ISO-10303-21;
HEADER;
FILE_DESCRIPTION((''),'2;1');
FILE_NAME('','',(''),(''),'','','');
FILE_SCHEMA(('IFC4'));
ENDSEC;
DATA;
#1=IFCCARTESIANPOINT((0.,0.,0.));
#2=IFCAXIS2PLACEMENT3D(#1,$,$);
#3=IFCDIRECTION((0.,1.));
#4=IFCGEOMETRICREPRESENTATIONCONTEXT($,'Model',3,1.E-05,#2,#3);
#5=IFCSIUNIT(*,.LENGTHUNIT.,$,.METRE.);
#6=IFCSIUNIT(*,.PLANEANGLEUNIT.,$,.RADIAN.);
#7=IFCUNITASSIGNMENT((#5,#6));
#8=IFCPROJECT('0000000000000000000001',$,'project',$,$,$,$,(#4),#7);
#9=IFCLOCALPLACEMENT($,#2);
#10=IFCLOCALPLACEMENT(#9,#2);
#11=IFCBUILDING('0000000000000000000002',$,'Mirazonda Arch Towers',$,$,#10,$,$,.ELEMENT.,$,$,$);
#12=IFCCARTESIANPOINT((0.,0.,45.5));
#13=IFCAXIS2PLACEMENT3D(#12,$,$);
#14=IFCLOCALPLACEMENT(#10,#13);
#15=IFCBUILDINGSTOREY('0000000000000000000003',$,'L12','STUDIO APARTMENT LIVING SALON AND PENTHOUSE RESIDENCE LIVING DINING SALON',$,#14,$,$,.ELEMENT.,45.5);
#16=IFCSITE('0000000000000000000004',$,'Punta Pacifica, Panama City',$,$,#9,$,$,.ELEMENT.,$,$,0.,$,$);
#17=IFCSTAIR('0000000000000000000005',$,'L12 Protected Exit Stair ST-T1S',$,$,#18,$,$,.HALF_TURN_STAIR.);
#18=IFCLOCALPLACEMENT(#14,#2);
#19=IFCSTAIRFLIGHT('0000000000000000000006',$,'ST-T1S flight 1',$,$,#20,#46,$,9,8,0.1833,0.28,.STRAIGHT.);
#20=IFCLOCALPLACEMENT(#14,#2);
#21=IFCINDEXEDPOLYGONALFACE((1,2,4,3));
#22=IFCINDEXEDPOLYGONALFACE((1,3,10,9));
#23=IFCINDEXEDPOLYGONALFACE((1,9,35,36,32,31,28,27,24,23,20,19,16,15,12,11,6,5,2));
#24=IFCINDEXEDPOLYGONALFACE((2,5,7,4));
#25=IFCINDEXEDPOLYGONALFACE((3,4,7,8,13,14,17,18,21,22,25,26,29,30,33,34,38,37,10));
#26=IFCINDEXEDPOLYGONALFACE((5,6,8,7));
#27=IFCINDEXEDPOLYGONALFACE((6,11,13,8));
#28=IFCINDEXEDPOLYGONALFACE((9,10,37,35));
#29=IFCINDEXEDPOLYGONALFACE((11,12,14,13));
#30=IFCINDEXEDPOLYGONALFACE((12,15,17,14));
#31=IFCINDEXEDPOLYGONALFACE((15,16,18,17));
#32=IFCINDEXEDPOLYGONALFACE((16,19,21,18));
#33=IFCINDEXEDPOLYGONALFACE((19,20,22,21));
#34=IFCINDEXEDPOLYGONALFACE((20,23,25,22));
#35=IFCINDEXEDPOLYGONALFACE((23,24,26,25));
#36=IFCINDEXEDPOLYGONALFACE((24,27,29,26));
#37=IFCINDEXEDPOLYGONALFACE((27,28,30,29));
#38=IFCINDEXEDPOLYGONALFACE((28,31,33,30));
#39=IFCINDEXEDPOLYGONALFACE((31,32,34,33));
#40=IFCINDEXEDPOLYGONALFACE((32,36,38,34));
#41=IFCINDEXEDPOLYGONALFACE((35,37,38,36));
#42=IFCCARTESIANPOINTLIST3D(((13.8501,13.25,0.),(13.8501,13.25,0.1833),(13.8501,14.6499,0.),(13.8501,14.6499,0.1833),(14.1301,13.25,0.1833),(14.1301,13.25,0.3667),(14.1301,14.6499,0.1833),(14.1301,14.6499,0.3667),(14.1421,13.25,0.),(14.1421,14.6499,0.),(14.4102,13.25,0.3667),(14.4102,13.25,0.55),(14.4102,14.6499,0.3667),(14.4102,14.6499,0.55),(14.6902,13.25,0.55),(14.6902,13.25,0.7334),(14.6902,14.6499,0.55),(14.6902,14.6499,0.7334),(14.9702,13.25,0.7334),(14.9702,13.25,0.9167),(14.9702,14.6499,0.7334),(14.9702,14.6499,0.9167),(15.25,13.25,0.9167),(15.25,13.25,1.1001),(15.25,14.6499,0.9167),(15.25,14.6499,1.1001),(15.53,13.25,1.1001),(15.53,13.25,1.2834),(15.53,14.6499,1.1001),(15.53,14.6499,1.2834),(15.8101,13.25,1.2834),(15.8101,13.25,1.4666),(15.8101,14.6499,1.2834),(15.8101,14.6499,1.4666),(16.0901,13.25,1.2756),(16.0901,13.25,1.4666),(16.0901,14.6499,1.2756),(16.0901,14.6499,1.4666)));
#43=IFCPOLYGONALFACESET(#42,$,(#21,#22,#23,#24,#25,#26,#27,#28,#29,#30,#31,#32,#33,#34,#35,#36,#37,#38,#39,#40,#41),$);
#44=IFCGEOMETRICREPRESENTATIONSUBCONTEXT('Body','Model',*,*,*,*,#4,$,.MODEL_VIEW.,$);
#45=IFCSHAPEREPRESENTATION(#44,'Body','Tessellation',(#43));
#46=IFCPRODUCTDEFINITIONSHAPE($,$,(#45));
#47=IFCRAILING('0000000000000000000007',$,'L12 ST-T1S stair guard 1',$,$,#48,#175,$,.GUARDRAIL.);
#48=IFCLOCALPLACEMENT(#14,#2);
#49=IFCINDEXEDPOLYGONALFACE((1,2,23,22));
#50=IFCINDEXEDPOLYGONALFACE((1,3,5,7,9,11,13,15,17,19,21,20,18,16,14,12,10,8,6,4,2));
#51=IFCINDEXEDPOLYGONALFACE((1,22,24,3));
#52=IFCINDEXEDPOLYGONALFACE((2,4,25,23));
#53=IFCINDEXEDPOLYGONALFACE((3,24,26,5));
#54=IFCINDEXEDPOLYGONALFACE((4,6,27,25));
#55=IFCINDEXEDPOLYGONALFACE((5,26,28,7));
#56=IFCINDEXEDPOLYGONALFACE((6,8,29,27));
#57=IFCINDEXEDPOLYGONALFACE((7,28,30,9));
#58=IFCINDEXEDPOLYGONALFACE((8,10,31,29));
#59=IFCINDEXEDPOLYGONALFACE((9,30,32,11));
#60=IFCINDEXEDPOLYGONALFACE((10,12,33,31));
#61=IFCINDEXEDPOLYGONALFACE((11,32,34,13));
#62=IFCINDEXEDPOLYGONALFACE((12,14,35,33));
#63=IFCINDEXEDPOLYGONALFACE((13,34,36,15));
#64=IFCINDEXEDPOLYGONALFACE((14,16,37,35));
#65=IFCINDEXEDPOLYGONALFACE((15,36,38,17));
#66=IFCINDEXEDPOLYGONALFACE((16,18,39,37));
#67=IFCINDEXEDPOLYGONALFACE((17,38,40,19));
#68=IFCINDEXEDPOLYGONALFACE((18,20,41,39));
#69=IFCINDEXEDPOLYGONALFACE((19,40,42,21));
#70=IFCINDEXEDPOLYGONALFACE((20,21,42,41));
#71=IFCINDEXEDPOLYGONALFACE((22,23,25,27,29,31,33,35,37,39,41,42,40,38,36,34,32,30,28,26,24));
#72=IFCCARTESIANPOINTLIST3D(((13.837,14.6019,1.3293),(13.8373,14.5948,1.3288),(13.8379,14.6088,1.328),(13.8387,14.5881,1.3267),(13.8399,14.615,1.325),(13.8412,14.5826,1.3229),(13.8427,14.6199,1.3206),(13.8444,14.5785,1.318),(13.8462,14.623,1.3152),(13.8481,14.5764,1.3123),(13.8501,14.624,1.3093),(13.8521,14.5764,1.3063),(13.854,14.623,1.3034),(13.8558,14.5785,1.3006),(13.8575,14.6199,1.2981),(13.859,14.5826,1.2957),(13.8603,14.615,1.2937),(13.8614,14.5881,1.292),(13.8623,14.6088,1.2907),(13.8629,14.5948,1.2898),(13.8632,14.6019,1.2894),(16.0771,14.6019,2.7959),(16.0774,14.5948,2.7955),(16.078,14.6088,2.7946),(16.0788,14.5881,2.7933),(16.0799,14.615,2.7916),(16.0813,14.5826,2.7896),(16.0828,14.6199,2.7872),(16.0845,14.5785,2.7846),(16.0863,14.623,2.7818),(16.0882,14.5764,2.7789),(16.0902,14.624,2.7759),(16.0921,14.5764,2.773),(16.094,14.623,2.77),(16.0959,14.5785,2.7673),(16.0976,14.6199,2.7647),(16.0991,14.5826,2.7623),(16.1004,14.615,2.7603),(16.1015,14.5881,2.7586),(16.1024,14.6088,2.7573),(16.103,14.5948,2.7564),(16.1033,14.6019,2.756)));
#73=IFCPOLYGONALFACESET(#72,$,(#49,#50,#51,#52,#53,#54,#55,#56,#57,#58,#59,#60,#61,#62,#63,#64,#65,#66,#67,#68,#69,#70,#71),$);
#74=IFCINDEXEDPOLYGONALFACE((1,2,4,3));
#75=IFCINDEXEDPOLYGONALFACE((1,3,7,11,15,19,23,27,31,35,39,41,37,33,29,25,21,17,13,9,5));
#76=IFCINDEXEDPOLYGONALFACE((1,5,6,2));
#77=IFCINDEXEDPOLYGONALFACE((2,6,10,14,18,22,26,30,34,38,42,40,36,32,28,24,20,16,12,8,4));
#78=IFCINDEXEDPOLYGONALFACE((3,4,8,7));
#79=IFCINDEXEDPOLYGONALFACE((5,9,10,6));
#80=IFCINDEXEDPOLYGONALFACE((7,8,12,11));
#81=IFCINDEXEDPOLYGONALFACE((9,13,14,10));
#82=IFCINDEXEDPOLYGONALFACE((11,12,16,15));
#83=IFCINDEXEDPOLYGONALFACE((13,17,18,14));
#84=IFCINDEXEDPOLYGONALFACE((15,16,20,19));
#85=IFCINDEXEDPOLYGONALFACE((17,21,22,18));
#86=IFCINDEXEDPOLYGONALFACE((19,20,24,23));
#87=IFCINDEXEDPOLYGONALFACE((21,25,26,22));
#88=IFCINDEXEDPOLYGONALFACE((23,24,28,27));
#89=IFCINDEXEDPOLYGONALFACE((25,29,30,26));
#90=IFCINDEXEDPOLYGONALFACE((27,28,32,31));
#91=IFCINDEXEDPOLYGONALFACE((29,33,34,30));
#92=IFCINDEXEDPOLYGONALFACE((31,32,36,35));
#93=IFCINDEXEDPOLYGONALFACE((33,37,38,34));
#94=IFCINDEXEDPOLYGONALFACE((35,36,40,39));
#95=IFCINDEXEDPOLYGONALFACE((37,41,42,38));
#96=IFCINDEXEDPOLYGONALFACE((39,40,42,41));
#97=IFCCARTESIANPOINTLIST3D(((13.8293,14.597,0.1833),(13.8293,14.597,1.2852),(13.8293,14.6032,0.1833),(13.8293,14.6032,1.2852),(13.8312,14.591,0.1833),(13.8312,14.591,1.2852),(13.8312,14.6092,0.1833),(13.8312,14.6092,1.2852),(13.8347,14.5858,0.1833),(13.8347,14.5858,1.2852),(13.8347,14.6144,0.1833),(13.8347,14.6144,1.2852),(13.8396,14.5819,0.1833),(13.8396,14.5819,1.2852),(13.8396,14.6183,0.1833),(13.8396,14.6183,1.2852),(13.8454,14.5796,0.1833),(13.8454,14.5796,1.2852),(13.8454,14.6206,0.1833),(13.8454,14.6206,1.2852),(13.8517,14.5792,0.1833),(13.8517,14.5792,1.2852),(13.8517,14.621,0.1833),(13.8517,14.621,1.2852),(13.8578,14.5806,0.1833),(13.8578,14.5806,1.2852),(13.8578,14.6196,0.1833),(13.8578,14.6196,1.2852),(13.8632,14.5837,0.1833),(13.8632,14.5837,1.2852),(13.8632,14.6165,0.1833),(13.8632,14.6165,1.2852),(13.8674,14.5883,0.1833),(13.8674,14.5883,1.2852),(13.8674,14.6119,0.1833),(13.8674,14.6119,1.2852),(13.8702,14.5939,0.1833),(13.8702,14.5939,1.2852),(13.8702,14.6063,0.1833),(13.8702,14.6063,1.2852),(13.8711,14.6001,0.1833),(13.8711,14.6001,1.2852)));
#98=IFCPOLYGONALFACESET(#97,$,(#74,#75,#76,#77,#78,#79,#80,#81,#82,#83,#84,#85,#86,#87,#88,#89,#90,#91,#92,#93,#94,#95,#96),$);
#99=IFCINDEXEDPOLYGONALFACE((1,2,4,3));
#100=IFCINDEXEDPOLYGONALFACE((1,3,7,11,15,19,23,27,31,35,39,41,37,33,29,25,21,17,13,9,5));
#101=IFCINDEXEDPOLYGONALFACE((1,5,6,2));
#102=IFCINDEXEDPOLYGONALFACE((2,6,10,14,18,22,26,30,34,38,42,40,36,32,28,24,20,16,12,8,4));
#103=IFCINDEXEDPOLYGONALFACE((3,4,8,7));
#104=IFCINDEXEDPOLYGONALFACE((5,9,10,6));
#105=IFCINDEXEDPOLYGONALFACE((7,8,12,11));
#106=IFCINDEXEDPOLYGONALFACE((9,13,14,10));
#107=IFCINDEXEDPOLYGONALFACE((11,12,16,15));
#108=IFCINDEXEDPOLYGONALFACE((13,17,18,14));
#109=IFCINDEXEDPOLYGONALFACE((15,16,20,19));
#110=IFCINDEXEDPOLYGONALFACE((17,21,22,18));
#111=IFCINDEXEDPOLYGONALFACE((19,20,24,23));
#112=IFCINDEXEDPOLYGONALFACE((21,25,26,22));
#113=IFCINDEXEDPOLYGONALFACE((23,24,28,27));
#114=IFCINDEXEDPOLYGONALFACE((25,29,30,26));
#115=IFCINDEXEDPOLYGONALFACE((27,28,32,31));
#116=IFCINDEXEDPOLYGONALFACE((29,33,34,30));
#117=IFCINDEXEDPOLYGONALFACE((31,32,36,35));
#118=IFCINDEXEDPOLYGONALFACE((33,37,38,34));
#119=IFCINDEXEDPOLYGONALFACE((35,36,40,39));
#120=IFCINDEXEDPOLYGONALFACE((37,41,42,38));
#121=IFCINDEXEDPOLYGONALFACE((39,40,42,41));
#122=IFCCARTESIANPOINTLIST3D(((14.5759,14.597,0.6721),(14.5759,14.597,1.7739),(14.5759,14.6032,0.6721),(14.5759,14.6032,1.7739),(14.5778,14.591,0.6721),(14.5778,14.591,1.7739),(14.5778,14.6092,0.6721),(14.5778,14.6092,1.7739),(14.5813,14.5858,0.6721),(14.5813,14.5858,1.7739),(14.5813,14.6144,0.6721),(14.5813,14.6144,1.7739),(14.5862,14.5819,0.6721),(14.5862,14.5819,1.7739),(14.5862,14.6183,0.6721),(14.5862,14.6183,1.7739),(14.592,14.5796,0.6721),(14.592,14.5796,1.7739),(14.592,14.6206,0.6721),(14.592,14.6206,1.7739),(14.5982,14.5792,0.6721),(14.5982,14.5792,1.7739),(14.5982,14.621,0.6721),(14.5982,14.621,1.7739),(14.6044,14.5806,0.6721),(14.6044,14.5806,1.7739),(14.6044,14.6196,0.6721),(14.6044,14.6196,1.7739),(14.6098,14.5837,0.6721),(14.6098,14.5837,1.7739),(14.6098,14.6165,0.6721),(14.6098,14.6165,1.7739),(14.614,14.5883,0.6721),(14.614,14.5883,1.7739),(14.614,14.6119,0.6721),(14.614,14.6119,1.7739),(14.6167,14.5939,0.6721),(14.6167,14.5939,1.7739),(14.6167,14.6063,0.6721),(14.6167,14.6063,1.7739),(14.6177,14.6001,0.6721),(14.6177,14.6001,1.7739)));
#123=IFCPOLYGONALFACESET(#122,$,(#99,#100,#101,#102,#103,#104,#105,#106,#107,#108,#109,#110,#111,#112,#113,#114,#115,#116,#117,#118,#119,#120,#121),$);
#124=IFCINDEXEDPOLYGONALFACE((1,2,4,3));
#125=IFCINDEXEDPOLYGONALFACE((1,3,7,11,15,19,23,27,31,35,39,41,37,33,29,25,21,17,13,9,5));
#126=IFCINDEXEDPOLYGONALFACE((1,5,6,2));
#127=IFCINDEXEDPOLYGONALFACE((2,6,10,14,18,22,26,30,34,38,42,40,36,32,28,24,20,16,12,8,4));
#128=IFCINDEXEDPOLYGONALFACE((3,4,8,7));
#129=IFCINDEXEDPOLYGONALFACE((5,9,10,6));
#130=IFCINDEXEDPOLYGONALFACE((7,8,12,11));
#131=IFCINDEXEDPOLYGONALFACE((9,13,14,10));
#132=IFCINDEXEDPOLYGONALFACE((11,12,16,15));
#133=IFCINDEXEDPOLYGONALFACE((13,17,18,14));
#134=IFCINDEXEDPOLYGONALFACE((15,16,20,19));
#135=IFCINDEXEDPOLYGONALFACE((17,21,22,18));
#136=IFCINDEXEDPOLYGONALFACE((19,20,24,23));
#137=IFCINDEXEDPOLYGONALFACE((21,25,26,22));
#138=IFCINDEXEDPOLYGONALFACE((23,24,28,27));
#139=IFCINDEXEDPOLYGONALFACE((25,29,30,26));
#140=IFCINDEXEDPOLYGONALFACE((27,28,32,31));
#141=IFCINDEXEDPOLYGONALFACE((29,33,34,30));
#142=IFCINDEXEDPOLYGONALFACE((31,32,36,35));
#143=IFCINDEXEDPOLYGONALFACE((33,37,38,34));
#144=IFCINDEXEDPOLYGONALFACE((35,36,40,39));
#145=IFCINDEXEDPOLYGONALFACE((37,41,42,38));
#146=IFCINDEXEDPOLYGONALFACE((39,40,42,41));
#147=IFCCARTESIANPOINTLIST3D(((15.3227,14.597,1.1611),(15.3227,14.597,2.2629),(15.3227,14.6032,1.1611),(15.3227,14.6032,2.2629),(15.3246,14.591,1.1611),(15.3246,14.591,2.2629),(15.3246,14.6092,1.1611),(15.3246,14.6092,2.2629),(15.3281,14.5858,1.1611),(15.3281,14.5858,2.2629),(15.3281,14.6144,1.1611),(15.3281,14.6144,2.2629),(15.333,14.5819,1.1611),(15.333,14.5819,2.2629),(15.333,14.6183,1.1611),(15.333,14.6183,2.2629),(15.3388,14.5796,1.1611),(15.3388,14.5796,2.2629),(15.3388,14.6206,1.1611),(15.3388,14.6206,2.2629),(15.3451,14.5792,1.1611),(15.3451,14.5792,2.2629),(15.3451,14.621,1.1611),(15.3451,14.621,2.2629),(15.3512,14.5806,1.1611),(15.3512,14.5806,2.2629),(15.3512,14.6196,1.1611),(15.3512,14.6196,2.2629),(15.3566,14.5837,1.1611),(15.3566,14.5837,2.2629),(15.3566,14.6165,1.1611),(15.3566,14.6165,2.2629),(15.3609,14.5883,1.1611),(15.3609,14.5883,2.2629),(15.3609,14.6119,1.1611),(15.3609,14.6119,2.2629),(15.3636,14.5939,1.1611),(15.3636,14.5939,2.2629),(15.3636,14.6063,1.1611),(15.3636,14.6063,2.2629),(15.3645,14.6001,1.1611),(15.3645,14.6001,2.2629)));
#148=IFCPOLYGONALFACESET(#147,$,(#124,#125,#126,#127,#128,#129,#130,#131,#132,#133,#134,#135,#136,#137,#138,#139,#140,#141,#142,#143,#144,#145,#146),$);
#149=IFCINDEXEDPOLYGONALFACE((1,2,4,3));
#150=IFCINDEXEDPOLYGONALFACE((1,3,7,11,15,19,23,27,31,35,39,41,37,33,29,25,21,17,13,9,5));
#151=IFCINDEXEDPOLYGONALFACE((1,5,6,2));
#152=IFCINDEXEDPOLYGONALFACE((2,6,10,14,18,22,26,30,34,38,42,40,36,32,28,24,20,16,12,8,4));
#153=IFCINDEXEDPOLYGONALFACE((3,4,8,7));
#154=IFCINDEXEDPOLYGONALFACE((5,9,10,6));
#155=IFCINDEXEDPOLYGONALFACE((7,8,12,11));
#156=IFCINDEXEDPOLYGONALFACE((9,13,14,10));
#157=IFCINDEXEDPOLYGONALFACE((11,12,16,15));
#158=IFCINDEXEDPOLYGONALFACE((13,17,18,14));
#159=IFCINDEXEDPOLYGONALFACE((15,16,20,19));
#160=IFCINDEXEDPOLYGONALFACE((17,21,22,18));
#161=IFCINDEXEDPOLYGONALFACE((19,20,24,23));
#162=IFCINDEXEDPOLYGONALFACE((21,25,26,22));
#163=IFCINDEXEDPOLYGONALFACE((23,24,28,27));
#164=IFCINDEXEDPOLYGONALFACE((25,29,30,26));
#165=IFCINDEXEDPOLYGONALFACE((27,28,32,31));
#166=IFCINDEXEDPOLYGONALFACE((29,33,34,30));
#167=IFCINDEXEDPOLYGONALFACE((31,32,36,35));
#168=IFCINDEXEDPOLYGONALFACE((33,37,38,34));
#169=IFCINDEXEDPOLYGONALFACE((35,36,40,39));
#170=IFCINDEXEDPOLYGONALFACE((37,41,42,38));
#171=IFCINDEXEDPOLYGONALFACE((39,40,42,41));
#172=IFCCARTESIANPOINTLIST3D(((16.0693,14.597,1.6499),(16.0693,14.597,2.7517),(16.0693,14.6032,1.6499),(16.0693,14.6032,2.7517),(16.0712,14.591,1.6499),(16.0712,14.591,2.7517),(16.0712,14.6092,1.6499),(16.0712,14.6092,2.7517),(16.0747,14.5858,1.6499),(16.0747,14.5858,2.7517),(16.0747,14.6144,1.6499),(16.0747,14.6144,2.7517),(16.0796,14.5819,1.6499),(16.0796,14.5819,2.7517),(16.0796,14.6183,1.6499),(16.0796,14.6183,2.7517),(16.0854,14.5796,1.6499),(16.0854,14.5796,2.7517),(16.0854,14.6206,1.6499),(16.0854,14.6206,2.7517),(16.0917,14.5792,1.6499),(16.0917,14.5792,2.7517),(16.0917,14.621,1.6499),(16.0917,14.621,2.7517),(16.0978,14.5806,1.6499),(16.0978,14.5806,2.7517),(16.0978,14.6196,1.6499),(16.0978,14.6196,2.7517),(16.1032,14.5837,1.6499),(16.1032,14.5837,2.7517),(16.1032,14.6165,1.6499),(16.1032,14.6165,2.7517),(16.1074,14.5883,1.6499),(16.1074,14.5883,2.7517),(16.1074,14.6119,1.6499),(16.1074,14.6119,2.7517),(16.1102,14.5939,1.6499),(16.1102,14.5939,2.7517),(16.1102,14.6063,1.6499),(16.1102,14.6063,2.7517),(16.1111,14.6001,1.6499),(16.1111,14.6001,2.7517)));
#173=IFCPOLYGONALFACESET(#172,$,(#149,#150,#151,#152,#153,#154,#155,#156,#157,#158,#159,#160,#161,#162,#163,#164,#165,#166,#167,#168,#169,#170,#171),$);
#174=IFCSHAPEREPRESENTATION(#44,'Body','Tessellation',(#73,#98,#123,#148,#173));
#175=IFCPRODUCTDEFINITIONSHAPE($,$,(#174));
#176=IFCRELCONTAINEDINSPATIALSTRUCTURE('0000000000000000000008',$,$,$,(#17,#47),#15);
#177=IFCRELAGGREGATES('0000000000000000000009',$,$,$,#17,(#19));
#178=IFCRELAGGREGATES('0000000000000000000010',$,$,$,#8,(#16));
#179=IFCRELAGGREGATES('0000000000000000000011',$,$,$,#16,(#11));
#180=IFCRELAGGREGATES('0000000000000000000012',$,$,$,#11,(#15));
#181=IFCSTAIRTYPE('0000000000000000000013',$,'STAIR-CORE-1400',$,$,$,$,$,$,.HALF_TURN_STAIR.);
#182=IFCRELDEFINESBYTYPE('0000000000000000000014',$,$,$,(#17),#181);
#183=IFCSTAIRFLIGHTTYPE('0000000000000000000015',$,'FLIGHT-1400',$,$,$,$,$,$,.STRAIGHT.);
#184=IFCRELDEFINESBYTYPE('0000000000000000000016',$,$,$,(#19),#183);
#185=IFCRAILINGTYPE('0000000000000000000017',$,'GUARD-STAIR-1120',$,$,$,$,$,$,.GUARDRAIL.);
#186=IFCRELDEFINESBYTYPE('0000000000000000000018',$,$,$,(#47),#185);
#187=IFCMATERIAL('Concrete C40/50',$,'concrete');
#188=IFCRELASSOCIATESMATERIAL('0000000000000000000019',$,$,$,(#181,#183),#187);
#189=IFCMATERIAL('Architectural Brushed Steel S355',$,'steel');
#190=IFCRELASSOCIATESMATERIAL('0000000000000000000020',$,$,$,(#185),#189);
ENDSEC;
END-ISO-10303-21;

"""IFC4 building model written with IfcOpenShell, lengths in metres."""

from ifc_helpers import new_model, si_unit, direction, frame, origin, origin_2d, place, context, subcontext, project, spatial, polyline, circle, outline, extrude, material, type_object, element, aggregate, save


model = new_model("IFC4")

# Units and contexts
model_context = context("Model", 3, precision=1e-05, world=origin(), true_north=direction((0.0, 1.0)))
body_context = subcontext(model_context, "Body", "Model", "MODEL_VIEW")
ifc_project = project(units=[si_unit("LENGTHUNIT", "METRE"), si_unit("PLANEANGLEUNIT", "RADIAN")], contexts=[model_context])

# Site, building, storey
site_placement = place(None, origin())
site = spatial("IfcSite", under=ifc_project, at=site_placement, Name="Punta Pacifica, Panama City", CompositionType="ELEMENT", RefElevation=0.0)
building_placement = place(site_placement, origin())
building = spatial("IfcBuilding", under=site, at=building_placement, Name="Mirazonda Arch Towers", CompositionType="ELEMENT")
storey_placement = place(building_placement, frame((0.0, 0.0, 45.5)))
storey = spatial("IfcBuildingStorey", under=building, at=storey_placement, Name="L12", Description="STUDIO APARTMENT LIVING SALON AND PENTHOUSE RESIDENCE LIVING DINING SALON", CompositionType="ELEMENT", Elevation=45.5)

# Stair
ifc_material_1 = material(Name="Concrete C40/50", Category="concrete")
stair_type = type_object("IfcStairType", Name="STAIR-CORE-1400", PredefinedType="HALF_TURN_STAIR", material=ifc_material_1)
stair_1_placement = place(storey_placement, origin())
stair_1 = element("IfcStair", 1, at=stair_1_placement, inside=storey, type_object=stair_type, Name="L12 Protected Exit Stair ST-T1S", PredefinedType="HALF_TURN_STAIR")

# Shared definitions
ifc_material_2 = material(Name="Architectural Brushed Steel S355", Category="steel")

# Stair flight
stair_flight_type = type_object("IfcStairFlightType", Name="FLIGHT-1400", PredefinedType="STRAIGHT", material=ifc_material_1)
stair_flight_placement = place(storey_placement, frame((13.8501, 13.95, 0.0), z_axis=(0.0, 0.0, 1.0), x_axis=(1.0, 0.0, 0.0)))
stair_flight = element("IfcStairFlight", 2, at=stair_flight_placement, type_object=stair_flight_type, Name="ST-T1S flight 1", NumberOfRisers=9, NumberOfTreads=8, PredefinedType="STRAIGHT", RiserHeight=0.1833, TreadLength=0.28, context=body_context, shape_type="SweptSolid", body=[
    extrude(outline(polyline([(0.0, 0.0), (0.0, 0.1833), (0.28, 0.1833), (0.28, 0.3667), (0.5601, 0.3667), (0.5601, 0.55), (0.8401, 0.55), (0.8401, 0.7334), (1.1201, 0.7334), (1.1201, 0.9167), (1.3999, 0.9167), (1.3999, 1.1001), (1.6799, 1.1001), (1.6799, 1.2834), (1.96, 1.2834), (1.96, 1.4666), (2.24, 1.4666), (2.24, 1.6499), (2.24, 1.2756), (0.292, 0.0), (0.0, 0.0)])), frame((0.0, 0.7, 0.0), z_axis=(0.0, -1.0, 0.0), x_axis=(1.0, 0.0, 0.0)), (0.0, 0.0, 1.0), 1.3999),
])
aggregate(stair_1, [stair_flight])

# Railing
railing_type_1 = type_object("IfcRailingType", Name="GUARD-STAIR-1120", PredefinedType="GUARDRAIL", material=ifc_material_2)
railing_1_placement = place(storey_placement, frame((13.8501, 14.6001, 0.1833)))
element("IfcRailing", 3, at=railing_1_placement, inside=storey, type_object=railing_type_1, Name="L12 ST-T1S stair guard 1", PredefinedType="GUARDRAIL", context=body_context, shape_type="SweptSolid", body=[
    extrude(circle(Radius=0.0239, at=origin_2d()), frame((0.0, 0.0, 1.126), z_axis=(0.836637, 0.0, 0.547758), x_axis=(0.0, 1.0, 0.0)), (0.0, 0.0, 1.0), 2.6775),
    extrude(circle(Radius=0.021, at=origin_2d()), origin(), (0.0, 0.0, 1.0), 1.1018),
    extrude(circle(Radius=0.021, at=origin_2d()), frame((0.7466, 0.0, 0.4888)), (0.0, 0.0, 1.0), 1.1018),
    extrude(circle(Radius=0.021, at=origin_2d()), frame((1.4934, 0.0, 0.9778)), (0.0, 0.0, 1.0), 1.1018),
    extrude(circle(Radius=0.021, at=origin_2d()), frame((2.24, 0.0, 1.4666)), (0.0, 0.0, 1.0), 1.1018),
])

save(model, "model.ifc")
